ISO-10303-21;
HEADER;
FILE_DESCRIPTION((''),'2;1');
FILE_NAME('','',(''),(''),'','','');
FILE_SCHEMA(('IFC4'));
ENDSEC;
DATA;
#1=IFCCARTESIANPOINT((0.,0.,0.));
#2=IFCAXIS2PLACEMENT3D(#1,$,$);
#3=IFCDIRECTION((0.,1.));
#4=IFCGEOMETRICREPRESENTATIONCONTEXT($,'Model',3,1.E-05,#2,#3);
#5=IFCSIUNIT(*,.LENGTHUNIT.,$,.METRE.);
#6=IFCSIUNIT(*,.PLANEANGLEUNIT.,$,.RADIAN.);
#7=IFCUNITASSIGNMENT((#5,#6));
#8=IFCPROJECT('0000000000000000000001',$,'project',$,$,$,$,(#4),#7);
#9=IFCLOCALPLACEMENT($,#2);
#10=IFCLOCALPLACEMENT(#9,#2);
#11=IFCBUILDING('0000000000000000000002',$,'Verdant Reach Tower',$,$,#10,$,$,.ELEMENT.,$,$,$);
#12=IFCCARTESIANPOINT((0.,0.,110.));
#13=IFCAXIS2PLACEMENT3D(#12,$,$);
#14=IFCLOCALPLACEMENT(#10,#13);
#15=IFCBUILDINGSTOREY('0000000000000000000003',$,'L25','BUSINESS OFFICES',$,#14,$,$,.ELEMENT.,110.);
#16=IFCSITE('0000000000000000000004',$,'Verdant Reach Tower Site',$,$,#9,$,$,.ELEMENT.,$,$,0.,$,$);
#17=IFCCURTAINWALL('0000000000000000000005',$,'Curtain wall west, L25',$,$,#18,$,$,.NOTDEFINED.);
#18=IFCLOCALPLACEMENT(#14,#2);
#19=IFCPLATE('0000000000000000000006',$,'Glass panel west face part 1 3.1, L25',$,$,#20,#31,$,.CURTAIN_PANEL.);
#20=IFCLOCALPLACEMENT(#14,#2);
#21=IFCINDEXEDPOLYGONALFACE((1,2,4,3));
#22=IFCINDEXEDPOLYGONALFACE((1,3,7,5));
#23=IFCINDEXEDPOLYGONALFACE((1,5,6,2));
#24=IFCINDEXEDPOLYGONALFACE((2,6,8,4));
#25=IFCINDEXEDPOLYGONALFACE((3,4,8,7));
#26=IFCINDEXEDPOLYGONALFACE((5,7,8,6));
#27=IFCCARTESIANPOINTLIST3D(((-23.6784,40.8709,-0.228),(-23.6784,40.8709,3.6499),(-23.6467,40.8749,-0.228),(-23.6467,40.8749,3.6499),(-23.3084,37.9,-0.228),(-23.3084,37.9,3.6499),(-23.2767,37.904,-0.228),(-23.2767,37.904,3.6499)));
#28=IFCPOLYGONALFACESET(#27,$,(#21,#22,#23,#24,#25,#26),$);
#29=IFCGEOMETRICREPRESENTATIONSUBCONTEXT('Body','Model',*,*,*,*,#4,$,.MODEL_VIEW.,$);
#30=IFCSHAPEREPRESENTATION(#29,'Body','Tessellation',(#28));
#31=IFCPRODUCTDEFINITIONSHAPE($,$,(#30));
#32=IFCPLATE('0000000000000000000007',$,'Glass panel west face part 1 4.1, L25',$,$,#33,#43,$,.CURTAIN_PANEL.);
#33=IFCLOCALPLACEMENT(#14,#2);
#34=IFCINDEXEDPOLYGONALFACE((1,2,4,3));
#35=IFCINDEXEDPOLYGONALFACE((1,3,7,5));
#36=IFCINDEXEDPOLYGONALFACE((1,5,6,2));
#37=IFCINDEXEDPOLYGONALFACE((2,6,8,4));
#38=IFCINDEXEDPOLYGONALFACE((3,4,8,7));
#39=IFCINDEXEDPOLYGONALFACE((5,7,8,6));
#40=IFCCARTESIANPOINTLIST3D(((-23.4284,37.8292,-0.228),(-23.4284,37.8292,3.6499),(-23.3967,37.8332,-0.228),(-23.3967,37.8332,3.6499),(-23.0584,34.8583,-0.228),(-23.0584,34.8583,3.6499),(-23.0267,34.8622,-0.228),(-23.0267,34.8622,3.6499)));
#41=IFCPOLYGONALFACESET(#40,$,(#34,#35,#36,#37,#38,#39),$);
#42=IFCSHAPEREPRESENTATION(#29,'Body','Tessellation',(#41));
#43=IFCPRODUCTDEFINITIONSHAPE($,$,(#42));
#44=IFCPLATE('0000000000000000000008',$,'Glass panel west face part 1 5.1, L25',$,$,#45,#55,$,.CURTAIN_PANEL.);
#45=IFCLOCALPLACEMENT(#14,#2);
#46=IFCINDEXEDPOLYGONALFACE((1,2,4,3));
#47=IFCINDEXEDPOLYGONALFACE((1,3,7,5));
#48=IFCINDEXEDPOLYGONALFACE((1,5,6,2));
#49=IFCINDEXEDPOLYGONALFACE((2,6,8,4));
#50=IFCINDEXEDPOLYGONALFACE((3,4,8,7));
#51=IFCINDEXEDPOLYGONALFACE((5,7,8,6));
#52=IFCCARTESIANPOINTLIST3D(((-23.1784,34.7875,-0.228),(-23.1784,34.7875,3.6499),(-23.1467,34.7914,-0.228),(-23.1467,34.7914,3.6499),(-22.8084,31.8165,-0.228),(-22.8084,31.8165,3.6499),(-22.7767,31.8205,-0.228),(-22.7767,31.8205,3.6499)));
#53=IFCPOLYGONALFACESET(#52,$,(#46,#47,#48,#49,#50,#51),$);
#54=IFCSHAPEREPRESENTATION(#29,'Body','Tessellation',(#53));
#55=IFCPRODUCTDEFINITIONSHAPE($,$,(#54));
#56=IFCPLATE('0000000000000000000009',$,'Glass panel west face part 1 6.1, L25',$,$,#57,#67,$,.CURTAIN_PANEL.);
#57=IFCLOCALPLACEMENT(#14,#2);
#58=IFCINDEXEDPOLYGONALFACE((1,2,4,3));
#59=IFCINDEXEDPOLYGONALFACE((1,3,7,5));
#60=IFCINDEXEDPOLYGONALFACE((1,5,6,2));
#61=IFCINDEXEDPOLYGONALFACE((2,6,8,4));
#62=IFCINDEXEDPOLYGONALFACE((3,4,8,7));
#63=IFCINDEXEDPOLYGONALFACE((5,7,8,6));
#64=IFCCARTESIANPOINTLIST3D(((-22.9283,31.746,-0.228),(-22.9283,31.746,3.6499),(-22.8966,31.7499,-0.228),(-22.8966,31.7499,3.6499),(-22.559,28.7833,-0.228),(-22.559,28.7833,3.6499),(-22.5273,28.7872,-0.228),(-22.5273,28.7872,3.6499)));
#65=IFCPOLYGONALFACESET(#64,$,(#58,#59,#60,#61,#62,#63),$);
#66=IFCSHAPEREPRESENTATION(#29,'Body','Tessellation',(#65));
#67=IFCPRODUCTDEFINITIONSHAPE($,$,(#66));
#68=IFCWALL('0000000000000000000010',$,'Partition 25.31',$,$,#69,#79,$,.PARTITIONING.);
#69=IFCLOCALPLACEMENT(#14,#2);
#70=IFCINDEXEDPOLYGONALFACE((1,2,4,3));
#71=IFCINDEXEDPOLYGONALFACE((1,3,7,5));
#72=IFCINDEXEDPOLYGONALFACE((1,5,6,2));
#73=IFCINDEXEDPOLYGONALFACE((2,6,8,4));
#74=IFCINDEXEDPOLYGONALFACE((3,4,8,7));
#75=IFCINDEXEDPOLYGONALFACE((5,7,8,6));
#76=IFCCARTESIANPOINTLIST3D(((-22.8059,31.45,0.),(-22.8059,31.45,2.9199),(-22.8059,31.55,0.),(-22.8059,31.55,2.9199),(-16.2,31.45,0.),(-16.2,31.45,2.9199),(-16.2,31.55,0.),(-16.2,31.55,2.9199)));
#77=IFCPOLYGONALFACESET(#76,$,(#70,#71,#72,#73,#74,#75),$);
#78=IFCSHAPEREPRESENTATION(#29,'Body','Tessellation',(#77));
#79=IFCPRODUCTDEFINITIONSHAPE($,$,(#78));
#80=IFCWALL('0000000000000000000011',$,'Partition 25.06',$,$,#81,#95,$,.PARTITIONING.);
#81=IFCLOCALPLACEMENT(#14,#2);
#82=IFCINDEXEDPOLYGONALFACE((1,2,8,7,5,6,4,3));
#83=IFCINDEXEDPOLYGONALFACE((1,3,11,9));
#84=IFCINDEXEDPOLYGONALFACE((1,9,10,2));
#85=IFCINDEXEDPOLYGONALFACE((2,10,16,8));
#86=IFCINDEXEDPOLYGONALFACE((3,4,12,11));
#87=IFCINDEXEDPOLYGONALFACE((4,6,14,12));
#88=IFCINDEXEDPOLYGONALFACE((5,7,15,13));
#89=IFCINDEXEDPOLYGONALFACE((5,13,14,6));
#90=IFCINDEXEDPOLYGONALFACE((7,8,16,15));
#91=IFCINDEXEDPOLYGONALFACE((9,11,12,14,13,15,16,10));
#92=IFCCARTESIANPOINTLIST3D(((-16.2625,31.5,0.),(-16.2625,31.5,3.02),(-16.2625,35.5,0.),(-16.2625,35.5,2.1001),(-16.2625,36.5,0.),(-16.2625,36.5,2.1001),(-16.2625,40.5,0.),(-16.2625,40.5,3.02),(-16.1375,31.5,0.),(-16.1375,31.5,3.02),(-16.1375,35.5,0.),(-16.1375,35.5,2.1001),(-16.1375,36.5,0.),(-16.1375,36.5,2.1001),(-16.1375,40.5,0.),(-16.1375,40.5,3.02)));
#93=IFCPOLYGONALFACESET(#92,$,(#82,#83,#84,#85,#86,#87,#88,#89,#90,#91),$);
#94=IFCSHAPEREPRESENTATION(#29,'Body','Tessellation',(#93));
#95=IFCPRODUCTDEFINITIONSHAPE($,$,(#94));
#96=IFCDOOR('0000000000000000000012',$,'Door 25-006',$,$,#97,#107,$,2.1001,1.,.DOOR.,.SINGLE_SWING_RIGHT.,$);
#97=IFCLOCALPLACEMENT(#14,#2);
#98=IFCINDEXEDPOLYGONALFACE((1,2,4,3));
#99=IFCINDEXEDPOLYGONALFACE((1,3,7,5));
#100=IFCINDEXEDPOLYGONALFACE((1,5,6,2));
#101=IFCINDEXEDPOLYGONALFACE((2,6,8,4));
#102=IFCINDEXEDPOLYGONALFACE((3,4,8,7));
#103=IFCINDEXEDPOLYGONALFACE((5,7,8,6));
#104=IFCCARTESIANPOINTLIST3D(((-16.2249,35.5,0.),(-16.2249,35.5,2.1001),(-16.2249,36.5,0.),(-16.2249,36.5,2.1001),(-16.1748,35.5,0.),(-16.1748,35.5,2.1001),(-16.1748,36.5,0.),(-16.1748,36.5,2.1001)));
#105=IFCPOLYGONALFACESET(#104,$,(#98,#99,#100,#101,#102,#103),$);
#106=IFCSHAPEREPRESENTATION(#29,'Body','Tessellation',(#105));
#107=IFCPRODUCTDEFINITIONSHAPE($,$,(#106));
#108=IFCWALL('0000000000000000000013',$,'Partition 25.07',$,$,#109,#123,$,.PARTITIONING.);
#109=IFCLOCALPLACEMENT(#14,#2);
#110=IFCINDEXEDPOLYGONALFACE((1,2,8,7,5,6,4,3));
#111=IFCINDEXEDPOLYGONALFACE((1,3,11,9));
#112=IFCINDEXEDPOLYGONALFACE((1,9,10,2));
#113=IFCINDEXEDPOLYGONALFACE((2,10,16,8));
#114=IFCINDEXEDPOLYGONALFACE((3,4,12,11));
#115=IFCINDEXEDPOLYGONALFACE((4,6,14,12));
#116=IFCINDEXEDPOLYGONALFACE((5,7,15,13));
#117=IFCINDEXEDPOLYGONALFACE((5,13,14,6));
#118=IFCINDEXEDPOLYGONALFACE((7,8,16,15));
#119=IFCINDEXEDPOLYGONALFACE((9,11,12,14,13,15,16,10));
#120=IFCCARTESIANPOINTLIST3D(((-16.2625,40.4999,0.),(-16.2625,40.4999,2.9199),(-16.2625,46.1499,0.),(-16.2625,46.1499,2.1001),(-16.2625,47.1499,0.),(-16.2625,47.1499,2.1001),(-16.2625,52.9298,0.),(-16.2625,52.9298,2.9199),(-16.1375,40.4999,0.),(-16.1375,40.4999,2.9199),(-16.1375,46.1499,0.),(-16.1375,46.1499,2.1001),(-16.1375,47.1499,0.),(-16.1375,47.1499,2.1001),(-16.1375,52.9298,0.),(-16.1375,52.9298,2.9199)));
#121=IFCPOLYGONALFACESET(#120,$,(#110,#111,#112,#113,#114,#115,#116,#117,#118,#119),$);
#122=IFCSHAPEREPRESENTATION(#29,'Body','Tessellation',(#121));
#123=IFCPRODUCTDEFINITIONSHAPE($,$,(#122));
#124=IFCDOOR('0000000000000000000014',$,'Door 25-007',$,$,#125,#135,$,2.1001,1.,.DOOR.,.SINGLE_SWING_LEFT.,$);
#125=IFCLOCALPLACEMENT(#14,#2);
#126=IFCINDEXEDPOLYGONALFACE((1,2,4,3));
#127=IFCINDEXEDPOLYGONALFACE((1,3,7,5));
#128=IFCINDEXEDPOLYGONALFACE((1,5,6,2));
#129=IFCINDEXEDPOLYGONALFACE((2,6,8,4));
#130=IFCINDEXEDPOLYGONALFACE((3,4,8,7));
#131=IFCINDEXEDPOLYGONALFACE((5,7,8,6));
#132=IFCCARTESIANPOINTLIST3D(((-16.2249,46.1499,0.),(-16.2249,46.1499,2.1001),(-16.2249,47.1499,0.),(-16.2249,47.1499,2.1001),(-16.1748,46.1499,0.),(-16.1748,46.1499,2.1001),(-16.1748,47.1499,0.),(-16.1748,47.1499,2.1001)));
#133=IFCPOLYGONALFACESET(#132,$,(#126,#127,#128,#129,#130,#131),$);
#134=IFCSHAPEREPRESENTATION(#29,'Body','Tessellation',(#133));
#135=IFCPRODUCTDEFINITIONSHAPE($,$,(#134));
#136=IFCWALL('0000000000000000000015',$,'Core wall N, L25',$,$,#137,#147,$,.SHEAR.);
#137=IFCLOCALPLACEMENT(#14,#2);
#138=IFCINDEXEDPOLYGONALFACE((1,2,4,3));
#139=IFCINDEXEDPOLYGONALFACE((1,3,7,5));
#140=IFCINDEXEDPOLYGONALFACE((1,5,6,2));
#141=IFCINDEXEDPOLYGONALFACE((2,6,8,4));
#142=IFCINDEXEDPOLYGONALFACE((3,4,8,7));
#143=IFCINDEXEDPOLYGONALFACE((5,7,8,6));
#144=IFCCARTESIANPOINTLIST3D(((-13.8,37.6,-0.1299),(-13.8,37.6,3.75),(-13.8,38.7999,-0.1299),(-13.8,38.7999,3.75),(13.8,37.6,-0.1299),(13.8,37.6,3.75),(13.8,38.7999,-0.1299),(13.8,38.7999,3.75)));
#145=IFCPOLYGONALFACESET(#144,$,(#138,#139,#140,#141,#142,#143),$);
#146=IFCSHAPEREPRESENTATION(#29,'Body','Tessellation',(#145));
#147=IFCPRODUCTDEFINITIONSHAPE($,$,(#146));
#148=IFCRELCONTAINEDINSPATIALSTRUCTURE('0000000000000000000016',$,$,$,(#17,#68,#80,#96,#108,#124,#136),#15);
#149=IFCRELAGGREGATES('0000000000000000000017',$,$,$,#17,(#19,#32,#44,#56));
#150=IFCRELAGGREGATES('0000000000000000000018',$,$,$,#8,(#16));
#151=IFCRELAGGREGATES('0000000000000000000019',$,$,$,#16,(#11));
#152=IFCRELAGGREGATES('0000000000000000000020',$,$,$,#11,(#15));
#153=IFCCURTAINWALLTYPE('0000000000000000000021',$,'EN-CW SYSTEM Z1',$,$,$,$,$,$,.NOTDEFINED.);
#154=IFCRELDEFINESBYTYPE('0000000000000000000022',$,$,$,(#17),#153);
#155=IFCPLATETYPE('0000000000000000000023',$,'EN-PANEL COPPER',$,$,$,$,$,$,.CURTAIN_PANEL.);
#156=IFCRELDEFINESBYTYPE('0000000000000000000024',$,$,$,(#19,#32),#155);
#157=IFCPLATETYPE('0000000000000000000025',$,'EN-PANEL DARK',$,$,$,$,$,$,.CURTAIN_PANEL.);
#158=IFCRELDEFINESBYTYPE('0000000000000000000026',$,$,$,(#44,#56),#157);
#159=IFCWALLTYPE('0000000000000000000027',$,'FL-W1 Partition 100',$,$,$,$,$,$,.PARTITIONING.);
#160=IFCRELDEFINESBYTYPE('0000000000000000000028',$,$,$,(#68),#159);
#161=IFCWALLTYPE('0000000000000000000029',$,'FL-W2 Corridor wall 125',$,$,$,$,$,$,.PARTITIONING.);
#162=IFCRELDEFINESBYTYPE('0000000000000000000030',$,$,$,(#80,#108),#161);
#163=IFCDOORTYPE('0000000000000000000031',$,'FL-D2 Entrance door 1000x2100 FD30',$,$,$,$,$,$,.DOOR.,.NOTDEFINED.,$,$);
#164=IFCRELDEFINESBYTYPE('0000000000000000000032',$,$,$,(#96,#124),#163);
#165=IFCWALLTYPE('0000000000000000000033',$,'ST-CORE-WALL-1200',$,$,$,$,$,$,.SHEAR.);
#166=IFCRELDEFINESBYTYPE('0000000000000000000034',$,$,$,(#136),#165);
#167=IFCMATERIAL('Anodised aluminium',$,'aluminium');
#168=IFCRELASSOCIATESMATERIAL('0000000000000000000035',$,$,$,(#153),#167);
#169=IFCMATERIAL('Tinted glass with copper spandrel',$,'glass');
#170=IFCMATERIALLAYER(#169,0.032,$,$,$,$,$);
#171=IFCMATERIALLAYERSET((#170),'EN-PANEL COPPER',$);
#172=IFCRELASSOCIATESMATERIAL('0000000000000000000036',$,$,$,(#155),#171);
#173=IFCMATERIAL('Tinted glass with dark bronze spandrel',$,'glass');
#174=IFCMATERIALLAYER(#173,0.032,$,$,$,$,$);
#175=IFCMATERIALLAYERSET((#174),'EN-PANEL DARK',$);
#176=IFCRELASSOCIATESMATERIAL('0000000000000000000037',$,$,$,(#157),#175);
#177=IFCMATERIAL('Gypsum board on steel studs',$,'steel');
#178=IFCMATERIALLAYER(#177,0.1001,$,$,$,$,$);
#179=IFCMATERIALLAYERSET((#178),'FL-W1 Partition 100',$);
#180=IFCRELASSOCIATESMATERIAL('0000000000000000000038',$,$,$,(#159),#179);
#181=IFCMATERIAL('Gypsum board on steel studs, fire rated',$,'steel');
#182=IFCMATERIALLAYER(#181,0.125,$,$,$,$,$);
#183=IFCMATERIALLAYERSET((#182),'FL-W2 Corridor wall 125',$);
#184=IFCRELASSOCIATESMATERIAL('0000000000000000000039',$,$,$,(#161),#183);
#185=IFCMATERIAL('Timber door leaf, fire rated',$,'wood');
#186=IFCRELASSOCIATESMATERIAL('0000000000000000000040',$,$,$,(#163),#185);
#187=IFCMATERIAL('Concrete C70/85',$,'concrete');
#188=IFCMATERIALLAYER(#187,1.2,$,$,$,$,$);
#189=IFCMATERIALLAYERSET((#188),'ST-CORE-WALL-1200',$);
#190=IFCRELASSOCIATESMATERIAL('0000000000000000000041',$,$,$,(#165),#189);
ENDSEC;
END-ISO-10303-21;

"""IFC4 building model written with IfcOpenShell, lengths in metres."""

from ifc_helpers import new_model, si_unit, direction, frame, frame_2d, origin, origin_2d, place, context, subcontext, project, spatial, rectangle, extrude, material, layer, layer_set, type_object, element, fill, aggregate, save


model = new_model("IFC4")

# Units and contexts
model_context = context("Model", 3, precision=1e-05, world=origin(), true_north=direction((0.0, 1.0)))
body_context = subcontext(model_context, "Body", "Model", "MODEL_VIEW")
ifc_project = project(units=[si_unit("LENGTHUNIT", "METRE"), si_unit("PLANEANGLEUNIT", "RADIAN")], contexts=[model_context])

# Site, building, storey
site_placement = place(None, origin())
site = spatial("IfcSite", under=ifc_project, at=site_placement, Name="Verdant Reach Tower Site", CompositionType="ELEMENT", RefElevation=0.0)
building_placement = place(site_placement, origin())
building = spatial("IfcBuilding", under=site, at=building_placement, Name="Verdant Reach Tower", CompositionType="ELEMENT")
storey_placement = place(building_placement, frame((0.0, 0.0, 110.0)))
storey = spatial("IfcBuildingStorey", under=building, at=storey_placement, Name="L25", Description="BUSINESS OFFICES", CompositionType="ELEMENT", Elevation=110.0)

# Curtain wall
ifc_material_1 = material(Name="Anodised aluminium", Category="aluminium")
curtain_wall_type = type_object("IfcCurtainWallType", Name="EN-CW SYSTEM Z1", PredefinedType="NOTDEFINED", material=ifc_material_1)
curtain_wall_placement = place(storey_placement, origin())
curtain_wall = element("IfcCurtainWall", 1, at=curtain_wall_placement, inside=storey, type_object=curtain_wall_type, Name="Curtain wall west, L25", PredefinedType="NOTDEFINED")

# Plates
ifc_material_2 = material(Name="Tinted glass with copper spandrel", Category="glass")
ifc_layer_1 = layer(ifc_material_2, 0.032)
ifc_layer_set_1 = layer_set([ifc_layer_1], Name="EN-PANEL COPPER")
plate_type_1 = type_object("IfcPlateType", Name="EN-PANEL COPPER", PredefinedType="CURTAIN_PANEL", material=ifc_layer_set_1)
plate_1_placement = place(storey_placement, frame((-23.4775, 39.3875, -0.228), z_axis=(0.0, 0.0, 1.0), x_axis=(0.123579, -0.992335, 0.0)))
plate_1 = element("IfcPlate", 2, at=plate_1_placement, type_object=plate_type_1, Name="Glass panel west face part 1 3.1, L25", PredefinedType="CURTAIN_PANEL", context=body_context, shape_type="SweptSolid", body=[
    extrude(rectangle(XDim=2.9939, YDim=0.032, at=origin_2d()), origin(), (0.0, 0.0, 1.0), 3.8779),
])
plate_2_placement = place(storey_placement, frame((-23.2275, 36.3457, -0.228), z_axis=(0.0, 0.0, 1.0), x_axis=(0.123579, -0.992335, 0.0)))
plate_2 = element("IfcPlate", 3, at=plate_2_placement, type_object=plate_type_1, Name="Glass panel west face part 1 4.1, L25", PredefinedType="CURTAIN_PANEL", context=body_context, shape_type="SweptSolid", body=[
    extrude(rectangle(XDim=2.9939, YDim=0.032, at=origin_2d()), origin(), (0.0, 0.0, 1.0), 3.8779),
])
ifc_material_3 = material(Name="Tinted glass with dark bronze spandrel", Category="glass")
ifc_layer_2 = layer(ifc_material_3, 0.032)
ifc_layer_set_2 = layer_set([ifc_layer_2], Name="EN-PANEL DARK")
plate_type_2 = type_object("IfcPlateType", Name="EN-PANEL DARK", PredefinedType="CURTAIN_PANEL", material=ifc_layer_set_2)
plate_3_placement = place(storey_placement, frame((-22.9775, 33.304, -0.228), z_axis=(0.0, 0.0, 1.0), x_axis=(0.123579, -0.992335, 0.0)))
plate_3 = element("IfcPlate", 4, at=plate_3_placement, type_object=plate_type_2, Name="Glass panel west face part 1 5.1, L25", PredefinedType="CURTAIN_PANEL", context=body_context, shape_type="SweptSolid", body=[
    extrude(rectangle(XDim=2.9939, YDim=0.032, at=origin_2d()), origin(), (0.0, 0.0, 1.0), 3.8779),
])
plate_4_placement = place(storey_placement, frame((-22.7278, 30.2666, -0.228), z_axis=(0.0, 0.0, 1.0), x_axis=(0.123691, -0.992321, 0.0)))
plate_4 = element("IfcPlate", 5, at=plate_4_placement, type_object=plate_type_2, Name="Glass panel west face part 1 6.1, L25", PredefinedType="CURTAIN_PANEL", context=body_context, shape_type="SweptSolid", body=[
    extrude(rectangle(XDim=2.9856, YDim=0.032, at=origin_2d()), origin(), (0.0, 0.0, 1.0), 3.8779),
])
aggregate(curtain_wall, [plate_1, plate_2, plate_3, plate_4])

# Wall
ifc_material_4 = material(Name="Gypsum board on steel studs", Category="steel")
ifc_layer_3 = layer(ifc_material_4, 0.1001)
ifc_layer_set_3 = layer_set([ifc_layer_3], Name="FL-W1 Partition 100")
wall_type_1 = type_object("IfcWallType", Name="FL-W1 Partition 100", PredefinedType="PARTITIONING", material=ifc_layer_set_3)
wall_1_placement = place(storey_placement, frame((-16.2, 31.5, 0.0), z_axis=(0.0, 0.0, 1.0), x_axis=(-1.0, 0.0, 0.0)))
element("IfcWall", 6, at=wall_1_placement, inside=storey, type_object=wall_type_1, Name="Partition 25.31", PredefinedType="PARTITIONING", context=body_context, shape_type="SweptSolid", body=[
    extrude(rectangle(XDim=6.606, YDim=0.1001, at=frame_2d((3.303, 0.0))), origin(), (0.0, 0.0, 1.0), 2.9199),
])

# Walls, openings, doors
ifc_material_5 = material(Name="Gypsum board on steel studs, fire rated", Category="steel")
ifc_layer_4 = layer(ifc_material_5, 0.125)
ifc_layer_set_4 = layer_set([ifc_layer_4], Name="FL-W2 Corridor wall 125")
wall_type_2 = type_object("IfcWallType", Name="FL-W2 Corridor wall 125", PredefinedType="PARTITIONING", material=ifc_layer_set_4)
wall_2_placement = place(storey_placement, frame((-16.2, 31.5, 0.0), z_axis=(0.0, 0.0, 1.0), x_axis=(0.0, 1.0, 0.0)))
wall_2 = element("IfcWall", 7, at=wall_2_placement, inside=storey, type_object=wall_type_2, Name="Partition 25.06", PredefinedType="PARTITIONING", context=body_context, shape_type="SweptSolid", body=[
    extrude(rectangle(XDim=9.0, YDim=0.125, at=frame_2d((4.5, 0.0))), origin(), (0.0, 0.0, 1.0), 3.02),
])
opening_1_placement = place(wall_2_placement, frame((4.0, 0.0, 0.0)))
opening_1 = element("IfcOpeningElement", 8, at=opening_1_placement, cuts=wall_2, PredefinedType="OPENING", context=body_context, shape_type="SweptSolid", body=[
    extrude(rectangle(XDim=1.0, YDim=2.1001, at=frame_2d((0.5, 1.05))), frame((0.0, 0.0725, 0.0), z_axis=(0.0, -1.0, 0.0), x_axis=(1.0, 0.0, 0.0)), (0.0, 0.0, 1.0), 0.145),
])
ifc_material_6 = material(Name="Timber door leaf, fire rated", Category="wood")
door_type = type_object("IfcDoorType", Name="FL-D2 Entrance door 1000x2100 FD30", OperationType="NOTDEFINED", PredefinedType="DOOR", material=ifc_material_6)
door_1_placement = place(opening_1_placement, origin())
door_1 = element("IfcDoor", 9, at=door_1_placement, inside=storey, type_object=door_type, Name="Door 25-006", OperationType="SINGLE_SWING_RIGHT", OverallHeight=2.1001, OverallWidth=1.0, PredefinedType="DOOR", context=body_context, shape_type="SweptSolid", body=[
    extrude(rectangle(XDim=1.0, YDim=2.1001, at=frame_2d((0.5, 1.05))), frame((0.0, 0.0249, 0.0), z_axis=(0.0, -1.0, 0.0), x_axis=(1.0, 0.0, 0.0)), (0.0, 0.0, 1.0), 0.05),
])
fill(opening_1, door_1)
wall_3_placement = place(storey_placement, frame((-16.2, 40.5, 0.0), z_axis=(0.0, 0.0, 1.0), x_axis=(0.0, 1.0, 0.0)))
wall_3 = element("IfcWall", 10, at=wall_3_placement, inside=storey, type_object=wall_type_2, Name="Partition 25.07", PredefinedType="PARTITIONING", context=body_context, shape_type="SweptSolid", body=[
    extrude(rectangle(XDim=12.4299, YDim=0.125, at=frame_2d((6.2148, 0.0))), origin(), (0.0, 0.0, 1.0), 2.9199),
])
opening_2_placement = place(wall_3_placement, frame((5.6499, 0.0, 0.0)))
opening_2 = element("IfcOpeningElement", 11, at=opening_2_placement, cuts=wall_3, PredefinedType="OPENING", context=body_context, shape_type="SweptSolid", body=[
    extrude(rectangle(XDim=1.0, YDim=2.1001, at=frame_2d((0.5, 1.05))), frame((0.0, 0.0725, 0.0), z_axis=(0.0, -1.0, 0.0), x_axis=(1.0, 0.0, 0.0)), (0.0, 0.0, 1.0), 0.145),
])
door_2_placement = place(opening_2_placement, origin())
door_2 = element("IfcDoor", 12, at=door_2_placement, inside=storey, type_object=door_type, Name="Door 25-007", OperationType="SINGLE_SWING_LEFT", OverallHeight=2.1001, OverallWidth=1.0, PredefinedType="DOOR", context=body_context, shape_type="SweptSolid", body=[
    extrude(rectangle(XDim=1.0, YDim=2.1001, at=frame_2d((0.5, 1.05))), frame((0.0, 0.0249, 0.0), z_axis=(0.0, -1.0, 0.0), x_axis=(1.0, 0.0, 0.0)), (0.0, 0.0, 1.0), 0.05),
])
fill(opening_2, door_2)

# Wall
ifc_material_7 = material(Name="Concrete C70/85", Category="concrete")
ifc_layer_5 = layer(ifc_material_7, 1.2)
ifc_layer_set_5 = layer_set([ifc_layer_5], Name="ST-CORE-WALL-1200")
wall_type_3 = type_object("IfcWallType", Name="ST-CORE-WALL-1200", PredefinedType="SHEAR", material=ifc_layer_set_5)
wall_4_placement = place(storey_placement, frame((-13.8, 38.2, -0.1299), z_axis=(0.0, 0.0, 1.0), x_axis=(1.0, 0.0, 0.0)))
element("IfcWall", 13, at=wall_4_placement, inside=storey, type_object=wall_type_3, Name="Core wall N, L25", PredefinedType="SHEAR", context=body_context, shape_type="SweptSolid", body=[
    extrude(rectangle(XDim=27.6001, YDim=1.2, at=frame_2d((13.8, 0.0))), origin(), (0.0, 0.0, 1.0), 3.8799),
])

save(model, "model.ifc")
